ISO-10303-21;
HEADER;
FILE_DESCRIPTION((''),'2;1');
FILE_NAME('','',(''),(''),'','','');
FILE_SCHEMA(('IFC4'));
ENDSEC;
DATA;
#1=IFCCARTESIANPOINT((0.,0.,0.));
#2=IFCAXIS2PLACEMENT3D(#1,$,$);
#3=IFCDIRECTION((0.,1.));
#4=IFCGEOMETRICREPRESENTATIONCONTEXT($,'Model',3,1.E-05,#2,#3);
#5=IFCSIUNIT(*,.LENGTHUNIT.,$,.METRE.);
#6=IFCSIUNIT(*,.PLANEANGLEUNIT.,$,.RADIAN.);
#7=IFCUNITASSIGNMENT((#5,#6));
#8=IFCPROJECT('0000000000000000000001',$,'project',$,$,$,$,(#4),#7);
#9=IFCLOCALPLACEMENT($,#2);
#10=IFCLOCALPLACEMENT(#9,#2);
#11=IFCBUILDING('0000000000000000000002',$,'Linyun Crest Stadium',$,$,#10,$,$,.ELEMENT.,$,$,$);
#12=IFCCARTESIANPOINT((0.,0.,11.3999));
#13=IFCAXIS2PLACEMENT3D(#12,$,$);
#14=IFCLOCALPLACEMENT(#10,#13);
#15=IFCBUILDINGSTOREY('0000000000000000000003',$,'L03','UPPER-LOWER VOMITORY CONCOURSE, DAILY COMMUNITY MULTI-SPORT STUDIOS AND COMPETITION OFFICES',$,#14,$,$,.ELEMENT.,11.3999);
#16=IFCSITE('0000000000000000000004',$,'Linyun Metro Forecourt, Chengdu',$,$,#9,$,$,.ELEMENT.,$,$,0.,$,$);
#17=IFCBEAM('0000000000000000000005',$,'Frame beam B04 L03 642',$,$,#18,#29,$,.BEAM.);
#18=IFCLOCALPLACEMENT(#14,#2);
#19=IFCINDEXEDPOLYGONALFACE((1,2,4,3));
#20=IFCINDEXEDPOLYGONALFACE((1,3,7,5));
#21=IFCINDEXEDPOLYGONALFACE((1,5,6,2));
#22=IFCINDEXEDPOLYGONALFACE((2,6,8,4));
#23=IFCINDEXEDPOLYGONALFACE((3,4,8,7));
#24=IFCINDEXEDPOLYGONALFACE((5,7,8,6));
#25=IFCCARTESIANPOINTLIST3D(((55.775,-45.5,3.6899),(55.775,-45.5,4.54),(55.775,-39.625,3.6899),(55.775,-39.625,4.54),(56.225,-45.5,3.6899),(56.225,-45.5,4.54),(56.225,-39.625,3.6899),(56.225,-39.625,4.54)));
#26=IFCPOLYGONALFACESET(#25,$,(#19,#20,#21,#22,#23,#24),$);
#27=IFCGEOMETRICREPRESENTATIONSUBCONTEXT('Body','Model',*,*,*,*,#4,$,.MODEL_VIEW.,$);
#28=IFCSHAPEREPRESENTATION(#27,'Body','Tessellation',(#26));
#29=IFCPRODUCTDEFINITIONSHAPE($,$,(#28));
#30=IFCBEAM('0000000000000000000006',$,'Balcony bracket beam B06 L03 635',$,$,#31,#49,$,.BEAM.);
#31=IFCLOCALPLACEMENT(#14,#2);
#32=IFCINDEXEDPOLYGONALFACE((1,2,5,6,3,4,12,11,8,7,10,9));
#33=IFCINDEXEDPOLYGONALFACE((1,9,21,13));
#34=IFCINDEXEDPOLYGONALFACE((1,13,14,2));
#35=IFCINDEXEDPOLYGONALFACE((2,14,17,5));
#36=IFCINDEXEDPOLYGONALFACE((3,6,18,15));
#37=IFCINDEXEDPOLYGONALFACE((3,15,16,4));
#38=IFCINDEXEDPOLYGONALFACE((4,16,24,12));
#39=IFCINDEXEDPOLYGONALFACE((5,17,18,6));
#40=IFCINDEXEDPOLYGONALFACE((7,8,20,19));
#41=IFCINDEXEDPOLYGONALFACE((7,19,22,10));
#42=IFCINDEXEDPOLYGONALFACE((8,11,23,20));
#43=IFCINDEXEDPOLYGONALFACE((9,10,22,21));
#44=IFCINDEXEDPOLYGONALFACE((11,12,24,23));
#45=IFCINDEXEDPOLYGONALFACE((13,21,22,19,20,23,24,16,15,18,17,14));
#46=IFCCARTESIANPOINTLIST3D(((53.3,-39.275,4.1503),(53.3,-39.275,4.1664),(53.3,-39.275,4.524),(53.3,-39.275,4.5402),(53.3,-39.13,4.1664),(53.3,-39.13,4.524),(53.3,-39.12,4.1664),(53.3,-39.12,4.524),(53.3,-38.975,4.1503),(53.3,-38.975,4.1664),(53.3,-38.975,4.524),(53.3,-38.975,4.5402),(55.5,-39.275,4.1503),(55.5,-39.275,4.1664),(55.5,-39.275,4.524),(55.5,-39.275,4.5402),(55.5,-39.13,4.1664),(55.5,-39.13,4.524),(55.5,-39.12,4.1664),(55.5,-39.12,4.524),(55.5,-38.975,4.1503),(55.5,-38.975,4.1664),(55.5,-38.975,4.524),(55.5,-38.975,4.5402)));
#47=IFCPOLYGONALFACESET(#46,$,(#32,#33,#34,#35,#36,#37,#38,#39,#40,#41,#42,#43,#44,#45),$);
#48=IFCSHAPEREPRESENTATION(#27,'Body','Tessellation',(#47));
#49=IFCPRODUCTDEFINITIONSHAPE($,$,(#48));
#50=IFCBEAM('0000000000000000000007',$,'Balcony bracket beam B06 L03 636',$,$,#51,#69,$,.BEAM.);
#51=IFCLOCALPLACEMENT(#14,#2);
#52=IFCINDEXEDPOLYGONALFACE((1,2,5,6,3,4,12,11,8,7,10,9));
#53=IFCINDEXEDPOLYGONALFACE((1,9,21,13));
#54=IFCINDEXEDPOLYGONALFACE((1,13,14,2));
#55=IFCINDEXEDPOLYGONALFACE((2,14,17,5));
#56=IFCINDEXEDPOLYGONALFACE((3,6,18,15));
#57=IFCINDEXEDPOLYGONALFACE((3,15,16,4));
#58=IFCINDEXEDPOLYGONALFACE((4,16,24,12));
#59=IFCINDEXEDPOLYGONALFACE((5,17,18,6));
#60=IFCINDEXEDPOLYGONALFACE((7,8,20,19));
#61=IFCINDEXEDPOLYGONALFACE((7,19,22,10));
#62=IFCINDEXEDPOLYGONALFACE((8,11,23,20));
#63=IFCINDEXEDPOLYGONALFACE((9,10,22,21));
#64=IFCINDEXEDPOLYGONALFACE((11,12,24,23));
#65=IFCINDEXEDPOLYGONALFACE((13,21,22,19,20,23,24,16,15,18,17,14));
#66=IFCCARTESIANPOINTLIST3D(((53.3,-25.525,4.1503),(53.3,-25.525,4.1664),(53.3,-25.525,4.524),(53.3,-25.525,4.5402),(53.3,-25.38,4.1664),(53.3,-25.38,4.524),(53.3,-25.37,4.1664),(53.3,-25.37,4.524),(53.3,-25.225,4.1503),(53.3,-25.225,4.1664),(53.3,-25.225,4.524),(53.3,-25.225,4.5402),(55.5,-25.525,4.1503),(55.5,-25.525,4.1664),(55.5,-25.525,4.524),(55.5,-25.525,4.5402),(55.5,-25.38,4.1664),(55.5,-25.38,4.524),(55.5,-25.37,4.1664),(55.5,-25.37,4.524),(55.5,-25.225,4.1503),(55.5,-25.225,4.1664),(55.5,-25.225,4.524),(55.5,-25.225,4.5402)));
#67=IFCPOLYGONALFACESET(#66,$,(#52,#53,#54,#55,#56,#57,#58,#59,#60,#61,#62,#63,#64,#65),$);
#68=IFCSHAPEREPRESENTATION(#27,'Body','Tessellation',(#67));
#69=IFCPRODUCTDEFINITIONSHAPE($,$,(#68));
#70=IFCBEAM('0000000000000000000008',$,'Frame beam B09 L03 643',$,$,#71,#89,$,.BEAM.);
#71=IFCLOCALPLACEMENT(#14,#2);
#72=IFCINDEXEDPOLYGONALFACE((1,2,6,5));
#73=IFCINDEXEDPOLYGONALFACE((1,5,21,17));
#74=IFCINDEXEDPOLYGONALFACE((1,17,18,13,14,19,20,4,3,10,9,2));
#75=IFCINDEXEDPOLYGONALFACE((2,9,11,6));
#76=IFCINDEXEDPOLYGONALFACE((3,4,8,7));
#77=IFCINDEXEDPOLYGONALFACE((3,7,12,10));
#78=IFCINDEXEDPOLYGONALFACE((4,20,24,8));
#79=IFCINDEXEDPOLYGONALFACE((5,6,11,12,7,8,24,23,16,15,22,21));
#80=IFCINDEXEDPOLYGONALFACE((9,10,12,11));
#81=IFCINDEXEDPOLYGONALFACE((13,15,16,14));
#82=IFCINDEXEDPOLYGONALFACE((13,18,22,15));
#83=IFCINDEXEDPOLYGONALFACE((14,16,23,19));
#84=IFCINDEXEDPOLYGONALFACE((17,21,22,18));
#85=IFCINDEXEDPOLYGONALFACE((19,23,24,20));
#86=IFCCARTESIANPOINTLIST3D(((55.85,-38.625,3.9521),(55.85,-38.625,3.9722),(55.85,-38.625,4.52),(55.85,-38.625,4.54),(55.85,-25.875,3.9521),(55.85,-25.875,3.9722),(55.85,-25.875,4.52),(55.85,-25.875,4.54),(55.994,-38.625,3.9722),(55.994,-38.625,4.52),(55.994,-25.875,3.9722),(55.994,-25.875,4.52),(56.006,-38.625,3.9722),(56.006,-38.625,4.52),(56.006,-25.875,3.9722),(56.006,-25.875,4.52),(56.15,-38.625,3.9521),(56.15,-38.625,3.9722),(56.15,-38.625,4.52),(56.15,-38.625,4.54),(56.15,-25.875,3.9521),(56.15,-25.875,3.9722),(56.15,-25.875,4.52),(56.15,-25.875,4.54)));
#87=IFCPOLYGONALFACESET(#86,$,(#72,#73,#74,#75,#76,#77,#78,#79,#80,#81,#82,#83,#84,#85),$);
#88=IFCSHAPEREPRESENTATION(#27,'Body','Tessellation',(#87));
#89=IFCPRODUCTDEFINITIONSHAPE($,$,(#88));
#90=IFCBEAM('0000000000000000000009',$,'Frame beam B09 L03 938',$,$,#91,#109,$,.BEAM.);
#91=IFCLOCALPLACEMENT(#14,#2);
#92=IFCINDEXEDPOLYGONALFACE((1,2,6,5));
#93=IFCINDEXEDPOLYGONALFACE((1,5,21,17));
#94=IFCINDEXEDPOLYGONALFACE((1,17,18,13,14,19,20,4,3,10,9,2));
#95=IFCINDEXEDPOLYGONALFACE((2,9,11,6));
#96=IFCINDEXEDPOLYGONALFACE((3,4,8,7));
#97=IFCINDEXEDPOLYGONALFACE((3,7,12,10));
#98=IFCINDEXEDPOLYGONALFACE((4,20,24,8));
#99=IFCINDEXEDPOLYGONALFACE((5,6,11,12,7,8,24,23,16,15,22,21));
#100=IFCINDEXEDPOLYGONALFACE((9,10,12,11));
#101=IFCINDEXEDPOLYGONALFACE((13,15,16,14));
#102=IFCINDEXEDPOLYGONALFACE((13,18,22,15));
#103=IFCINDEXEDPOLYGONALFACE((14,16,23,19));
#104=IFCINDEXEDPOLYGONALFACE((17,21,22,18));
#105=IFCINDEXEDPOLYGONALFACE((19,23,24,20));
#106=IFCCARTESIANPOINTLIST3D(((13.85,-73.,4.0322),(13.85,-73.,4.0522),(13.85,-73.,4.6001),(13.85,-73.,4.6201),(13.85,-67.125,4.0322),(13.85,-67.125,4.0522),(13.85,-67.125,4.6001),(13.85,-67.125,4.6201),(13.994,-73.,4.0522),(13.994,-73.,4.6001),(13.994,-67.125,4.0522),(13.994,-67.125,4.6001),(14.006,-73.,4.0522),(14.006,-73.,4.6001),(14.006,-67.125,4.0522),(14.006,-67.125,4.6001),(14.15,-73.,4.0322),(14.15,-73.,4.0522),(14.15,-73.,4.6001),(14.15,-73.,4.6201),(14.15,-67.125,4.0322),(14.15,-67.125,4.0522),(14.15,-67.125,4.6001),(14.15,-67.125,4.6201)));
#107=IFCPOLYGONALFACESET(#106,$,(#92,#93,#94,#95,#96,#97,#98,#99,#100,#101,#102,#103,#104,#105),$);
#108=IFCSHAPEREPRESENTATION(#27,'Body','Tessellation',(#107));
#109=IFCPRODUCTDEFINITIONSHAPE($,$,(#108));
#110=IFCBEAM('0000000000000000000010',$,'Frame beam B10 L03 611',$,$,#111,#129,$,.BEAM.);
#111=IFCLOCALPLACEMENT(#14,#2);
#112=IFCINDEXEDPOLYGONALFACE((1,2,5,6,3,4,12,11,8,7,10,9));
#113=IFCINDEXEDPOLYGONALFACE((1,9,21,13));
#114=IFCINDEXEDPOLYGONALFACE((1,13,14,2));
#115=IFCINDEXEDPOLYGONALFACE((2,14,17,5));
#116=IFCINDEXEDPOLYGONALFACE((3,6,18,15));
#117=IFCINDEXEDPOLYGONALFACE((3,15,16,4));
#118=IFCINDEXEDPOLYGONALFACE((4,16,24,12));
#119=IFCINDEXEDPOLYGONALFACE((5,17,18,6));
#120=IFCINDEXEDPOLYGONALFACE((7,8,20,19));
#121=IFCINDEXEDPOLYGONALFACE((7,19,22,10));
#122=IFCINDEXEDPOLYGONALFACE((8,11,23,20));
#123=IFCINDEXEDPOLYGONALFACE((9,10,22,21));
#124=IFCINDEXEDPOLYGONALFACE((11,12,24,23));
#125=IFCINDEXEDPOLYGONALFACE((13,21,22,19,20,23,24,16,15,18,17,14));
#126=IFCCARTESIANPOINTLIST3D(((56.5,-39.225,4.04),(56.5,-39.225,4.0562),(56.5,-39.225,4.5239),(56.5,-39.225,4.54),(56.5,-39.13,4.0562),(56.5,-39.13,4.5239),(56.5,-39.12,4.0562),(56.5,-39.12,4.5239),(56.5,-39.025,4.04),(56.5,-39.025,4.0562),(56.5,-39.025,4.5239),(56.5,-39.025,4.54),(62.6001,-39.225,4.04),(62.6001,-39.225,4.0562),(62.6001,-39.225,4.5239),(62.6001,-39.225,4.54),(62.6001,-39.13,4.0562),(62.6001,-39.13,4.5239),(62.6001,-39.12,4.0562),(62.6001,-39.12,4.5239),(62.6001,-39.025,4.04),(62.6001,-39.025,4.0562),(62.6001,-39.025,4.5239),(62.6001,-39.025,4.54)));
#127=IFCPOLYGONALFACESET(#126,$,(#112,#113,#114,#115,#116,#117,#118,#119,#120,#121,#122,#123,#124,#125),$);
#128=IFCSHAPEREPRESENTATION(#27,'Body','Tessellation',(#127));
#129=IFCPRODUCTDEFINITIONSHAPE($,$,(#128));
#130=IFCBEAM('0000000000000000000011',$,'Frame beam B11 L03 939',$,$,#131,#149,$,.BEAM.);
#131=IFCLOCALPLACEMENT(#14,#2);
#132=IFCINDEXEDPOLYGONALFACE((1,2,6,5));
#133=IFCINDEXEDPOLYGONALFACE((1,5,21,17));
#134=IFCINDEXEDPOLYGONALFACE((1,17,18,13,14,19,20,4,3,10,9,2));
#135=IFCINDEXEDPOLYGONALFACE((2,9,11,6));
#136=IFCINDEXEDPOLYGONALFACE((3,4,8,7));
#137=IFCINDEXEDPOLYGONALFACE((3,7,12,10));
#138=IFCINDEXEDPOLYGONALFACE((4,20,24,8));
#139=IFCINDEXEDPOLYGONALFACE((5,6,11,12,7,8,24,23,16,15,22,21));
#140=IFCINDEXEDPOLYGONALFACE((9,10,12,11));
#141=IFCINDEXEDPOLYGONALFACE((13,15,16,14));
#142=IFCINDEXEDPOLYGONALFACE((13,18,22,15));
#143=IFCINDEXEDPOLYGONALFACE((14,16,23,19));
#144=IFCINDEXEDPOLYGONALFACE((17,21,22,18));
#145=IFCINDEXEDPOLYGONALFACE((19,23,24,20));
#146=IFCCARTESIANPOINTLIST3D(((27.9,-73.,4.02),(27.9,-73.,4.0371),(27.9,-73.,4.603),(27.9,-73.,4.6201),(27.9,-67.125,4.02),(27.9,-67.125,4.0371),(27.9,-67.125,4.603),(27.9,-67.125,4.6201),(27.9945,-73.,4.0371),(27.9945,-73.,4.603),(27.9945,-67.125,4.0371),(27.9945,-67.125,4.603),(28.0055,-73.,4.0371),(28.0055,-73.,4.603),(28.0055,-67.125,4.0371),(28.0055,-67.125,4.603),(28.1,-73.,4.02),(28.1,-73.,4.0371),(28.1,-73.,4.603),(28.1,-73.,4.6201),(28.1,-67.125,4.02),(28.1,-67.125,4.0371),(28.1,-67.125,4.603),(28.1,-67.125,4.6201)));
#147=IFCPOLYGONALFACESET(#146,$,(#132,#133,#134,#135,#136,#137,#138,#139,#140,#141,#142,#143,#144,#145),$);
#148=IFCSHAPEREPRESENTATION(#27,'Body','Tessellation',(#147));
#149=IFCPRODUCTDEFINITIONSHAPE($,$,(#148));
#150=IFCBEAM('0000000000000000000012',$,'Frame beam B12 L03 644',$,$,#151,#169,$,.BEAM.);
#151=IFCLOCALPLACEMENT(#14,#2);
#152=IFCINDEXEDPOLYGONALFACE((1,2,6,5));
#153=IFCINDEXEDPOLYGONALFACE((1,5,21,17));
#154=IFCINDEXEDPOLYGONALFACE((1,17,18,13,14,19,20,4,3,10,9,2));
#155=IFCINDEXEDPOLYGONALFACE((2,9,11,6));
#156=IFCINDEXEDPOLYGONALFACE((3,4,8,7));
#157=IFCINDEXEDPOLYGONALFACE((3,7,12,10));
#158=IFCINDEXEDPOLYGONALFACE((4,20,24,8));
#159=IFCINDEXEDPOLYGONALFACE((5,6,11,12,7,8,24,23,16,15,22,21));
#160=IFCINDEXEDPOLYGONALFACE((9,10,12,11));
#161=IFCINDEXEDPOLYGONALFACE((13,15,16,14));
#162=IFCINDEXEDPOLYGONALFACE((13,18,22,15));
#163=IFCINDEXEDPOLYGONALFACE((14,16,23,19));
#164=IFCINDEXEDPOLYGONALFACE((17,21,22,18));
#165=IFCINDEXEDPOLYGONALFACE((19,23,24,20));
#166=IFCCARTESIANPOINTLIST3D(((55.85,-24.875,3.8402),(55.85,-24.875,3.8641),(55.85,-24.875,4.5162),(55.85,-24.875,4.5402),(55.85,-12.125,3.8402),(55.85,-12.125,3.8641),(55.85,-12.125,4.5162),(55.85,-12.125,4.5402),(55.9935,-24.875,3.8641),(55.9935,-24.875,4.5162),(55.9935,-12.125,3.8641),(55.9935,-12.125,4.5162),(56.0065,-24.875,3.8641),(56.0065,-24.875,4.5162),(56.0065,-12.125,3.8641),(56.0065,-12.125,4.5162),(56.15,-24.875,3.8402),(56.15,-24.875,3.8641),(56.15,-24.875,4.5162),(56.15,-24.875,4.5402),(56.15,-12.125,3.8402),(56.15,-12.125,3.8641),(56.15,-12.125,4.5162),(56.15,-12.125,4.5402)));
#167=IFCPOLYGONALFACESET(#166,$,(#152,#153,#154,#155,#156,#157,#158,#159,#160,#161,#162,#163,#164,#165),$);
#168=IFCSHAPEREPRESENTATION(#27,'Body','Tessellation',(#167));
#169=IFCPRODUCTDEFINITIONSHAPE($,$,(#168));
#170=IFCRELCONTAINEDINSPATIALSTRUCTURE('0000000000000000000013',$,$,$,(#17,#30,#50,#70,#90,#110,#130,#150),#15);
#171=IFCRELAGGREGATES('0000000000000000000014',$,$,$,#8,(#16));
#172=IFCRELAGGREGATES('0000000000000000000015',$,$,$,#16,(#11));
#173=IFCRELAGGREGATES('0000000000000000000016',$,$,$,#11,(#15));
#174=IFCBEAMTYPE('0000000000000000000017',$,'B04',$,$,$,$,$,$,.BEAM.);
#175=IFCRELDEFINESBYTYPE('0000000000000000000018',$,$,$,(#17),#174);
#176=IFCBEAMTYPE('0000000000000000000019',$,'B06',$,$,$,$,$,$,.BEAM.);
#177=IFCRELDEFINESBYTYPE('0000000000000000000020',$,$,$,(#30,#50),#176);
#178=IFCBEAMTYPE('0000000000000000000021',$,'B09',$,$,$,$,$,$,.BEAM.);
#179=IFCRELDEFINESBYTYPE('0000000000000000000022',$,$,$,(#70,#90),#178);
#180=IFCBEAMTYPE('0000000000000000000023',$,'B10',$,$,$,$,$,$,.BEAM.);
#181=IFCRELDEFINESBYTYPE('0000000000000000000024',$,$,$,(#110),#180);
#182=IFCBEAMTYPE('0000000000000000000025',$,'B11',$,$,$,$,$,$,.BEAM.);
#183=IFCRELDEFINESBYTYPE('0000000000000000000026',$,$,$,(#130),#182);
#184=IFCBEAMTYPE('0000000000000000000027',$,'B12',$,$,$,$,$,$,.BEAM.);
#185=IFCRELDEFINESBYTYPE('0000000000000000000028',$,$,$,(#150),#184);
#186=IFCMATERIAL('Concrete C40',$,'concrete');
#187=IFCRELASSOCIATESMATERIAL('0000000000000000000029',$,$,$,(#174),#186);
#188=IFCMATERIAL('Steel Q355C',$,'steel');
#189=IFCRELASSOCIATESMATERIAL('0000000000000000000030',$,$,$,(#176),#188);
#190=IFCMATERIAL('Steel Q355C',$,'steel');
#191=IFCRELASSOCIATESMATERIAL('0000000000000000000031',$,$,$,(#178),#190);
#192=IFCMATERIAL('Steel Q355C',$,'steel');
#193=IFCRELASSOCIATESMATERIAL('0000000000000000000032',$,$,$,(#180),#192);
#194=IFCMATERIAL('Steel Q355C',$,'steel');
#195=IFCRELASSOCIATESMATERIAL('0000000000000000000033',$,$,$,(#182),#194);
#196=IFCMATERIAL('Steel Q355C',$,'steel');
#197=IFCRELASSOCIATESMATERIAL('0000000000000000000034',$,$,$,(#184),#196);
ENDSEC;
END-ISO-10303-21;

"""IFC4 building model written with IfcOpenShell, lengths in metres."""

from ifc_helpers import new_model, si_unit, direction, frame, origin, origin_2d, place, context, subcontext, project, spatial, rectangle, i_section, extrude, material, material_profile, profile_set, type_object, element, save


model = new_model("IFC4")

# Units and contexts
model_context = context("Model", 3, precision=1e-05, world=origin(), true_north=direction((0.0, 1.0)))
body_context = subcontext(model_context, "Body", "Model", "MODEL_VIEW")
ifc_project = project(units=[si_unit("LENGTHUNIT", "METRE"), si_unit("PLANEANGLEUNIT", "RADIAN")], contexts=[model_context])

# Site, building, storey
site_placement = place(None, origin())
site = spatial("IfcSite", under=ifc_project, at=site_placement, Name="Linyun Metro Forecourt, Chengdu", CompositionType="ELEMENT", RefElevation=0.0)
building_placement = place(site_placement, origin())
building = spatial("IfcBuilding", under=site, at=building_placement, Name="Linyun Crest Stadium", CompositionType="ELEMENT")
storey_placement = place(building_placement, frame((0.0, 0.0, 11.3999)))
storey = spatial("IfcBuildingStorey", under=building, at=storey_placement, Name="L03", Description="UPPER-LOWER VOMITORY CONCOURSE, DAILY COMMUNITY MULTI-SPORT STUDIOS AND COMPETITION OFFICES", CompositionType="ELEMENT", Elevation=11.3999)

# Beams
ifc_material_1 = material(Name="Concrete C40", Category="concrete")
ifc_material_profile_1 = material_profile(ifc_material_1, rectangle(XDim=0.45, YDim=0.8501, at=origin_2d()), Name="RCB 850x450")
ifc_profile_set_1 = profile_set([ifc_material_profile_1], Name="Concrete C40")
beam_type_1 = type_object("IfcBeamType", Name="B04", PredefinedType="BEAM", material=ifc_profile_set_1)
beam_1_placement = place(storey_placement, frame((56.0, -45.5, 4.115), z_axis=(0.0, 1.0, 0.0), x_axis=(-1.0, 0.0, 0.0)))
element("IfcBeam", 1, at=beam_1_placement, inside=storey, type_object=beam_type_1, Name="Frame beam B04 L03 642", PredefinedType="BEAM", context=body_context, shape_type="SweptSolid", body=[
    extrude(rectangle(XDim=0.45, YDim=0.8501, at=origin_2d()), origin(), (0.0, 0.0, 1.0), 5.875),
])
ifc_material_2 = material(Name="Steel Q355C", Category="steel")
ifc_material_profile_2 = material_profile(ifc_material_2, i_section(OverallWidth=0.3, OverallDepth=0.3899, WebThickness=0.01, FlangeThickness=0.0161, at=origin_2d()), Name="HM 390x300")
ifc_profile_set_2 = profile_set([ifc_material_profile_2], Name="Steel Q355C")
beam_type_2 = type_object("IfcBeamType", Name="B06", PredefinedType="BEAM", material=ifc_profile_set_2)
for number, where, z_axis, x_axis, name in (
    (2, (55.5, -39.125, 4.3452), (-1.0, 0.0, 0.0), (0.0, -1.0, 0.0), "Balcony bracket beam B06 L03 635"),
    (3, (55.5, -25.375, 4.3452), (-1.0, 0.0, 0.0), (0.0, -1.0, 0.0), "Balcony bracket beam B06 L03 636"),
):
    element("IfcBeam", number, at=place(storey_placement, frame(where, z_axis=z_axis, x_axis=x_axis)), inside=storey, type_object=beam_type_2, Name=name, PredefinedType="BEAM", context=body_context, shape_type="SweptSolid", body=[
        extrude(i_section(OverallWidth=0.3, OverallDepth=0.3899, WebThickness=0.01, FlangeThickness=0.0161, at=origin_2d()), origin(), (0.0, 0.0, 1.0), 2.2),
    ])
ifc_material_3 = material(Name="Steel Q355C", Category="steel")
ifc_material_profile_3 = material_profile(ifc_material_3, i_section(OverallWidth=0.3, OverallDepth=0.5879, WebThickness=0.012, FlangeThickness=0.02, at=origin_2d()), Name="HM 588x300")
ifc_profile_set_3 = profile_set([ifc_material_profile_3], Name="Steel Q355C")
beam_type_3 = type_object("IfcBeamType", Name="B09", PredefinedType="BEAM", material=ifc_profile_set_3)
beam_2_placement = place(storey_placement, frame((56.0, -38.625, 4.2461), z_axis=(0.0, 1.0, 0.0), x_axis=(-1.0, 0.0, 0.0)))
element("IfcBeam", 4, at=beam_2_placement, inside=storey, type_object=beam_type_3, Name="Frame beam B09 L03 643", PredefinedType="BEAM", context=body_context, shape_type="SweptSolid", body=[
    extrude(i_section(OverallWidth=0.3, OverallDepth=0.5879, WebThickness=0.012, FlangeThickness=0.02, at=origin_2d()), origin(), (0.0, 0.0, 1.0), 12.75),
])
beam_3_placement = place(storey_placement, frame((14.0, -73.0, 4.3262), z_axis=(0.0, 1.0, 0.0), x_axis=(-1.0, 0.0, 0.0)))
element("IfcBeam", 5, at=beam_3_placement, inside=storey, type_object=beam_type_3, Name="Frame beam B09 L03 938", PredefinedType="BEAM", context=body_context, shape_type="SweptSolid", body=[
    extrude(i_section(OverallWidth=0.3, OverallDepth=0.5879, WebThickness=0.012, FlangeThickness=0.02, at=origin_2d()), origin(), (0.0, 0.0, 1.0), 5.875),
])
ifc_material_4 = material(Name="Steel Q355C", Category="steel")
ifc_material_profile_4 = material_profile(ifc_material_4, i_section(OverallWidth=0.2, OverallDepth=0.5, WebThickness=0.01, FlangeThickness=0.0161, at=origin_2d()), Name="HN 500x200")
ifc_profile_set_4 = profile_set([ifc_material_profile_4], Name="Steel Q355C")
beam_type_4 = type_object("IfcBeamType", Name="B10", PredefinedType="BEAM", material=ifc_profile_set_4)
beam_4_placement = place(storey_placement, frame((56.5, -39.125, 4.29), z_axis=(1.0, 0.0, 0.0), x_axis=(0.0, 1.0, 0.0)))
element("IfcBeam", 6, at=beam_4_placement, inside=storey, type_object=beam_type_4, Name="Frame beam B10 L03 611", PredefinedType="BEAM", context=body_context, shape_type="SweptSolid", body=[
    extrude(i_section(OverallWidth=0.2, OverallDepth=0.5, WebThickness=0.01, FlangeThickness=0.0161, at=origin_2d()), origin(), (0.0, 0.0, 1.0), 6.1001),
])
ifc_material_5 = material(Name="Steel Q355C", Category="steel")
ifc_material_profile_5 = material_profile(ifc_material_5, i_section(OverallWidth=0.2, OverallDepth=0.6001, WebThickness=0.011, FlangeThickness=0.0171, at=origin_2d()), Name="HN 600x200")
ifc_profile_set_5 = profile_set([ifc_material_profile_5], Name="Steel Q355C")
beam_type_5 = type_object("IfcBeamType", Name="B11", PredefinedType="BEAM", material=ifc_profile_set_5)
beam_5_placement = place(storey_placement, frame((28.0, -73.0, 4.3201), z_axis=(0.0, 1.0, 0.0), x_axis=(-1.0, 0.0, 0.0)))
element("IfcBeam", 7, at=beam_5_placement, inside=storey, type_object=beam_type_5, Name="Frame beam B11 L03 939", PredefinedType="BEAM", context=body_context, shape_type="SweptSolid", body=[
    extrude(i_section(OverallWidth=0.2, OverallDepth=0.6001, WebThickness=0.011, FlangeThickness=0.0171, at=origin_2d()), origin(), (0.0, 0.0, 1.0), 5.875),
])
ifc_material_6 = material(Name="Steel Q355C", Category="steel")
ifc_material_profile_6 = material_profile(ifc_material_6, i_section(OverallWidth=0.3, OverallDepth=0.7, WebThickness=0.0129, FlangeThickness=0.0239, at=origin_2d()), Name="HN 700x300")
ifc_profile_set_6 = profile_set([ifc_material_profile_6], Name="Steel Q355C")
beam_type_6 = type_object("IfcBeamType", Name="B12", PredefinedType="BEAM", material=ifc_profile_set_6)
beam_6_placement = place(storey_placement, frame((56.0, -24.875, 4.1902), z_axis=(0.0, 1.0, 0.0), x_axis=(-1.0, 0.0, 0.0)))
element("IfcBeam", 8, at=beam_6_placement, inside=storey, type_object=beam_type_6, Name="Frame beam B12 L03 644", PredefinedType="BEAM", context=body_context, shape_type="SweptSolid", body=[
    extrude(i_section(OverallWidth=0.3, OverallDepth=0.7, WebThickness=0.0129, FlangeThickness=0.0239, at=origin_2d()), origin(), (0.0, 0.0, 1.0), 12.75),
])

save(model, "model.ifc")
